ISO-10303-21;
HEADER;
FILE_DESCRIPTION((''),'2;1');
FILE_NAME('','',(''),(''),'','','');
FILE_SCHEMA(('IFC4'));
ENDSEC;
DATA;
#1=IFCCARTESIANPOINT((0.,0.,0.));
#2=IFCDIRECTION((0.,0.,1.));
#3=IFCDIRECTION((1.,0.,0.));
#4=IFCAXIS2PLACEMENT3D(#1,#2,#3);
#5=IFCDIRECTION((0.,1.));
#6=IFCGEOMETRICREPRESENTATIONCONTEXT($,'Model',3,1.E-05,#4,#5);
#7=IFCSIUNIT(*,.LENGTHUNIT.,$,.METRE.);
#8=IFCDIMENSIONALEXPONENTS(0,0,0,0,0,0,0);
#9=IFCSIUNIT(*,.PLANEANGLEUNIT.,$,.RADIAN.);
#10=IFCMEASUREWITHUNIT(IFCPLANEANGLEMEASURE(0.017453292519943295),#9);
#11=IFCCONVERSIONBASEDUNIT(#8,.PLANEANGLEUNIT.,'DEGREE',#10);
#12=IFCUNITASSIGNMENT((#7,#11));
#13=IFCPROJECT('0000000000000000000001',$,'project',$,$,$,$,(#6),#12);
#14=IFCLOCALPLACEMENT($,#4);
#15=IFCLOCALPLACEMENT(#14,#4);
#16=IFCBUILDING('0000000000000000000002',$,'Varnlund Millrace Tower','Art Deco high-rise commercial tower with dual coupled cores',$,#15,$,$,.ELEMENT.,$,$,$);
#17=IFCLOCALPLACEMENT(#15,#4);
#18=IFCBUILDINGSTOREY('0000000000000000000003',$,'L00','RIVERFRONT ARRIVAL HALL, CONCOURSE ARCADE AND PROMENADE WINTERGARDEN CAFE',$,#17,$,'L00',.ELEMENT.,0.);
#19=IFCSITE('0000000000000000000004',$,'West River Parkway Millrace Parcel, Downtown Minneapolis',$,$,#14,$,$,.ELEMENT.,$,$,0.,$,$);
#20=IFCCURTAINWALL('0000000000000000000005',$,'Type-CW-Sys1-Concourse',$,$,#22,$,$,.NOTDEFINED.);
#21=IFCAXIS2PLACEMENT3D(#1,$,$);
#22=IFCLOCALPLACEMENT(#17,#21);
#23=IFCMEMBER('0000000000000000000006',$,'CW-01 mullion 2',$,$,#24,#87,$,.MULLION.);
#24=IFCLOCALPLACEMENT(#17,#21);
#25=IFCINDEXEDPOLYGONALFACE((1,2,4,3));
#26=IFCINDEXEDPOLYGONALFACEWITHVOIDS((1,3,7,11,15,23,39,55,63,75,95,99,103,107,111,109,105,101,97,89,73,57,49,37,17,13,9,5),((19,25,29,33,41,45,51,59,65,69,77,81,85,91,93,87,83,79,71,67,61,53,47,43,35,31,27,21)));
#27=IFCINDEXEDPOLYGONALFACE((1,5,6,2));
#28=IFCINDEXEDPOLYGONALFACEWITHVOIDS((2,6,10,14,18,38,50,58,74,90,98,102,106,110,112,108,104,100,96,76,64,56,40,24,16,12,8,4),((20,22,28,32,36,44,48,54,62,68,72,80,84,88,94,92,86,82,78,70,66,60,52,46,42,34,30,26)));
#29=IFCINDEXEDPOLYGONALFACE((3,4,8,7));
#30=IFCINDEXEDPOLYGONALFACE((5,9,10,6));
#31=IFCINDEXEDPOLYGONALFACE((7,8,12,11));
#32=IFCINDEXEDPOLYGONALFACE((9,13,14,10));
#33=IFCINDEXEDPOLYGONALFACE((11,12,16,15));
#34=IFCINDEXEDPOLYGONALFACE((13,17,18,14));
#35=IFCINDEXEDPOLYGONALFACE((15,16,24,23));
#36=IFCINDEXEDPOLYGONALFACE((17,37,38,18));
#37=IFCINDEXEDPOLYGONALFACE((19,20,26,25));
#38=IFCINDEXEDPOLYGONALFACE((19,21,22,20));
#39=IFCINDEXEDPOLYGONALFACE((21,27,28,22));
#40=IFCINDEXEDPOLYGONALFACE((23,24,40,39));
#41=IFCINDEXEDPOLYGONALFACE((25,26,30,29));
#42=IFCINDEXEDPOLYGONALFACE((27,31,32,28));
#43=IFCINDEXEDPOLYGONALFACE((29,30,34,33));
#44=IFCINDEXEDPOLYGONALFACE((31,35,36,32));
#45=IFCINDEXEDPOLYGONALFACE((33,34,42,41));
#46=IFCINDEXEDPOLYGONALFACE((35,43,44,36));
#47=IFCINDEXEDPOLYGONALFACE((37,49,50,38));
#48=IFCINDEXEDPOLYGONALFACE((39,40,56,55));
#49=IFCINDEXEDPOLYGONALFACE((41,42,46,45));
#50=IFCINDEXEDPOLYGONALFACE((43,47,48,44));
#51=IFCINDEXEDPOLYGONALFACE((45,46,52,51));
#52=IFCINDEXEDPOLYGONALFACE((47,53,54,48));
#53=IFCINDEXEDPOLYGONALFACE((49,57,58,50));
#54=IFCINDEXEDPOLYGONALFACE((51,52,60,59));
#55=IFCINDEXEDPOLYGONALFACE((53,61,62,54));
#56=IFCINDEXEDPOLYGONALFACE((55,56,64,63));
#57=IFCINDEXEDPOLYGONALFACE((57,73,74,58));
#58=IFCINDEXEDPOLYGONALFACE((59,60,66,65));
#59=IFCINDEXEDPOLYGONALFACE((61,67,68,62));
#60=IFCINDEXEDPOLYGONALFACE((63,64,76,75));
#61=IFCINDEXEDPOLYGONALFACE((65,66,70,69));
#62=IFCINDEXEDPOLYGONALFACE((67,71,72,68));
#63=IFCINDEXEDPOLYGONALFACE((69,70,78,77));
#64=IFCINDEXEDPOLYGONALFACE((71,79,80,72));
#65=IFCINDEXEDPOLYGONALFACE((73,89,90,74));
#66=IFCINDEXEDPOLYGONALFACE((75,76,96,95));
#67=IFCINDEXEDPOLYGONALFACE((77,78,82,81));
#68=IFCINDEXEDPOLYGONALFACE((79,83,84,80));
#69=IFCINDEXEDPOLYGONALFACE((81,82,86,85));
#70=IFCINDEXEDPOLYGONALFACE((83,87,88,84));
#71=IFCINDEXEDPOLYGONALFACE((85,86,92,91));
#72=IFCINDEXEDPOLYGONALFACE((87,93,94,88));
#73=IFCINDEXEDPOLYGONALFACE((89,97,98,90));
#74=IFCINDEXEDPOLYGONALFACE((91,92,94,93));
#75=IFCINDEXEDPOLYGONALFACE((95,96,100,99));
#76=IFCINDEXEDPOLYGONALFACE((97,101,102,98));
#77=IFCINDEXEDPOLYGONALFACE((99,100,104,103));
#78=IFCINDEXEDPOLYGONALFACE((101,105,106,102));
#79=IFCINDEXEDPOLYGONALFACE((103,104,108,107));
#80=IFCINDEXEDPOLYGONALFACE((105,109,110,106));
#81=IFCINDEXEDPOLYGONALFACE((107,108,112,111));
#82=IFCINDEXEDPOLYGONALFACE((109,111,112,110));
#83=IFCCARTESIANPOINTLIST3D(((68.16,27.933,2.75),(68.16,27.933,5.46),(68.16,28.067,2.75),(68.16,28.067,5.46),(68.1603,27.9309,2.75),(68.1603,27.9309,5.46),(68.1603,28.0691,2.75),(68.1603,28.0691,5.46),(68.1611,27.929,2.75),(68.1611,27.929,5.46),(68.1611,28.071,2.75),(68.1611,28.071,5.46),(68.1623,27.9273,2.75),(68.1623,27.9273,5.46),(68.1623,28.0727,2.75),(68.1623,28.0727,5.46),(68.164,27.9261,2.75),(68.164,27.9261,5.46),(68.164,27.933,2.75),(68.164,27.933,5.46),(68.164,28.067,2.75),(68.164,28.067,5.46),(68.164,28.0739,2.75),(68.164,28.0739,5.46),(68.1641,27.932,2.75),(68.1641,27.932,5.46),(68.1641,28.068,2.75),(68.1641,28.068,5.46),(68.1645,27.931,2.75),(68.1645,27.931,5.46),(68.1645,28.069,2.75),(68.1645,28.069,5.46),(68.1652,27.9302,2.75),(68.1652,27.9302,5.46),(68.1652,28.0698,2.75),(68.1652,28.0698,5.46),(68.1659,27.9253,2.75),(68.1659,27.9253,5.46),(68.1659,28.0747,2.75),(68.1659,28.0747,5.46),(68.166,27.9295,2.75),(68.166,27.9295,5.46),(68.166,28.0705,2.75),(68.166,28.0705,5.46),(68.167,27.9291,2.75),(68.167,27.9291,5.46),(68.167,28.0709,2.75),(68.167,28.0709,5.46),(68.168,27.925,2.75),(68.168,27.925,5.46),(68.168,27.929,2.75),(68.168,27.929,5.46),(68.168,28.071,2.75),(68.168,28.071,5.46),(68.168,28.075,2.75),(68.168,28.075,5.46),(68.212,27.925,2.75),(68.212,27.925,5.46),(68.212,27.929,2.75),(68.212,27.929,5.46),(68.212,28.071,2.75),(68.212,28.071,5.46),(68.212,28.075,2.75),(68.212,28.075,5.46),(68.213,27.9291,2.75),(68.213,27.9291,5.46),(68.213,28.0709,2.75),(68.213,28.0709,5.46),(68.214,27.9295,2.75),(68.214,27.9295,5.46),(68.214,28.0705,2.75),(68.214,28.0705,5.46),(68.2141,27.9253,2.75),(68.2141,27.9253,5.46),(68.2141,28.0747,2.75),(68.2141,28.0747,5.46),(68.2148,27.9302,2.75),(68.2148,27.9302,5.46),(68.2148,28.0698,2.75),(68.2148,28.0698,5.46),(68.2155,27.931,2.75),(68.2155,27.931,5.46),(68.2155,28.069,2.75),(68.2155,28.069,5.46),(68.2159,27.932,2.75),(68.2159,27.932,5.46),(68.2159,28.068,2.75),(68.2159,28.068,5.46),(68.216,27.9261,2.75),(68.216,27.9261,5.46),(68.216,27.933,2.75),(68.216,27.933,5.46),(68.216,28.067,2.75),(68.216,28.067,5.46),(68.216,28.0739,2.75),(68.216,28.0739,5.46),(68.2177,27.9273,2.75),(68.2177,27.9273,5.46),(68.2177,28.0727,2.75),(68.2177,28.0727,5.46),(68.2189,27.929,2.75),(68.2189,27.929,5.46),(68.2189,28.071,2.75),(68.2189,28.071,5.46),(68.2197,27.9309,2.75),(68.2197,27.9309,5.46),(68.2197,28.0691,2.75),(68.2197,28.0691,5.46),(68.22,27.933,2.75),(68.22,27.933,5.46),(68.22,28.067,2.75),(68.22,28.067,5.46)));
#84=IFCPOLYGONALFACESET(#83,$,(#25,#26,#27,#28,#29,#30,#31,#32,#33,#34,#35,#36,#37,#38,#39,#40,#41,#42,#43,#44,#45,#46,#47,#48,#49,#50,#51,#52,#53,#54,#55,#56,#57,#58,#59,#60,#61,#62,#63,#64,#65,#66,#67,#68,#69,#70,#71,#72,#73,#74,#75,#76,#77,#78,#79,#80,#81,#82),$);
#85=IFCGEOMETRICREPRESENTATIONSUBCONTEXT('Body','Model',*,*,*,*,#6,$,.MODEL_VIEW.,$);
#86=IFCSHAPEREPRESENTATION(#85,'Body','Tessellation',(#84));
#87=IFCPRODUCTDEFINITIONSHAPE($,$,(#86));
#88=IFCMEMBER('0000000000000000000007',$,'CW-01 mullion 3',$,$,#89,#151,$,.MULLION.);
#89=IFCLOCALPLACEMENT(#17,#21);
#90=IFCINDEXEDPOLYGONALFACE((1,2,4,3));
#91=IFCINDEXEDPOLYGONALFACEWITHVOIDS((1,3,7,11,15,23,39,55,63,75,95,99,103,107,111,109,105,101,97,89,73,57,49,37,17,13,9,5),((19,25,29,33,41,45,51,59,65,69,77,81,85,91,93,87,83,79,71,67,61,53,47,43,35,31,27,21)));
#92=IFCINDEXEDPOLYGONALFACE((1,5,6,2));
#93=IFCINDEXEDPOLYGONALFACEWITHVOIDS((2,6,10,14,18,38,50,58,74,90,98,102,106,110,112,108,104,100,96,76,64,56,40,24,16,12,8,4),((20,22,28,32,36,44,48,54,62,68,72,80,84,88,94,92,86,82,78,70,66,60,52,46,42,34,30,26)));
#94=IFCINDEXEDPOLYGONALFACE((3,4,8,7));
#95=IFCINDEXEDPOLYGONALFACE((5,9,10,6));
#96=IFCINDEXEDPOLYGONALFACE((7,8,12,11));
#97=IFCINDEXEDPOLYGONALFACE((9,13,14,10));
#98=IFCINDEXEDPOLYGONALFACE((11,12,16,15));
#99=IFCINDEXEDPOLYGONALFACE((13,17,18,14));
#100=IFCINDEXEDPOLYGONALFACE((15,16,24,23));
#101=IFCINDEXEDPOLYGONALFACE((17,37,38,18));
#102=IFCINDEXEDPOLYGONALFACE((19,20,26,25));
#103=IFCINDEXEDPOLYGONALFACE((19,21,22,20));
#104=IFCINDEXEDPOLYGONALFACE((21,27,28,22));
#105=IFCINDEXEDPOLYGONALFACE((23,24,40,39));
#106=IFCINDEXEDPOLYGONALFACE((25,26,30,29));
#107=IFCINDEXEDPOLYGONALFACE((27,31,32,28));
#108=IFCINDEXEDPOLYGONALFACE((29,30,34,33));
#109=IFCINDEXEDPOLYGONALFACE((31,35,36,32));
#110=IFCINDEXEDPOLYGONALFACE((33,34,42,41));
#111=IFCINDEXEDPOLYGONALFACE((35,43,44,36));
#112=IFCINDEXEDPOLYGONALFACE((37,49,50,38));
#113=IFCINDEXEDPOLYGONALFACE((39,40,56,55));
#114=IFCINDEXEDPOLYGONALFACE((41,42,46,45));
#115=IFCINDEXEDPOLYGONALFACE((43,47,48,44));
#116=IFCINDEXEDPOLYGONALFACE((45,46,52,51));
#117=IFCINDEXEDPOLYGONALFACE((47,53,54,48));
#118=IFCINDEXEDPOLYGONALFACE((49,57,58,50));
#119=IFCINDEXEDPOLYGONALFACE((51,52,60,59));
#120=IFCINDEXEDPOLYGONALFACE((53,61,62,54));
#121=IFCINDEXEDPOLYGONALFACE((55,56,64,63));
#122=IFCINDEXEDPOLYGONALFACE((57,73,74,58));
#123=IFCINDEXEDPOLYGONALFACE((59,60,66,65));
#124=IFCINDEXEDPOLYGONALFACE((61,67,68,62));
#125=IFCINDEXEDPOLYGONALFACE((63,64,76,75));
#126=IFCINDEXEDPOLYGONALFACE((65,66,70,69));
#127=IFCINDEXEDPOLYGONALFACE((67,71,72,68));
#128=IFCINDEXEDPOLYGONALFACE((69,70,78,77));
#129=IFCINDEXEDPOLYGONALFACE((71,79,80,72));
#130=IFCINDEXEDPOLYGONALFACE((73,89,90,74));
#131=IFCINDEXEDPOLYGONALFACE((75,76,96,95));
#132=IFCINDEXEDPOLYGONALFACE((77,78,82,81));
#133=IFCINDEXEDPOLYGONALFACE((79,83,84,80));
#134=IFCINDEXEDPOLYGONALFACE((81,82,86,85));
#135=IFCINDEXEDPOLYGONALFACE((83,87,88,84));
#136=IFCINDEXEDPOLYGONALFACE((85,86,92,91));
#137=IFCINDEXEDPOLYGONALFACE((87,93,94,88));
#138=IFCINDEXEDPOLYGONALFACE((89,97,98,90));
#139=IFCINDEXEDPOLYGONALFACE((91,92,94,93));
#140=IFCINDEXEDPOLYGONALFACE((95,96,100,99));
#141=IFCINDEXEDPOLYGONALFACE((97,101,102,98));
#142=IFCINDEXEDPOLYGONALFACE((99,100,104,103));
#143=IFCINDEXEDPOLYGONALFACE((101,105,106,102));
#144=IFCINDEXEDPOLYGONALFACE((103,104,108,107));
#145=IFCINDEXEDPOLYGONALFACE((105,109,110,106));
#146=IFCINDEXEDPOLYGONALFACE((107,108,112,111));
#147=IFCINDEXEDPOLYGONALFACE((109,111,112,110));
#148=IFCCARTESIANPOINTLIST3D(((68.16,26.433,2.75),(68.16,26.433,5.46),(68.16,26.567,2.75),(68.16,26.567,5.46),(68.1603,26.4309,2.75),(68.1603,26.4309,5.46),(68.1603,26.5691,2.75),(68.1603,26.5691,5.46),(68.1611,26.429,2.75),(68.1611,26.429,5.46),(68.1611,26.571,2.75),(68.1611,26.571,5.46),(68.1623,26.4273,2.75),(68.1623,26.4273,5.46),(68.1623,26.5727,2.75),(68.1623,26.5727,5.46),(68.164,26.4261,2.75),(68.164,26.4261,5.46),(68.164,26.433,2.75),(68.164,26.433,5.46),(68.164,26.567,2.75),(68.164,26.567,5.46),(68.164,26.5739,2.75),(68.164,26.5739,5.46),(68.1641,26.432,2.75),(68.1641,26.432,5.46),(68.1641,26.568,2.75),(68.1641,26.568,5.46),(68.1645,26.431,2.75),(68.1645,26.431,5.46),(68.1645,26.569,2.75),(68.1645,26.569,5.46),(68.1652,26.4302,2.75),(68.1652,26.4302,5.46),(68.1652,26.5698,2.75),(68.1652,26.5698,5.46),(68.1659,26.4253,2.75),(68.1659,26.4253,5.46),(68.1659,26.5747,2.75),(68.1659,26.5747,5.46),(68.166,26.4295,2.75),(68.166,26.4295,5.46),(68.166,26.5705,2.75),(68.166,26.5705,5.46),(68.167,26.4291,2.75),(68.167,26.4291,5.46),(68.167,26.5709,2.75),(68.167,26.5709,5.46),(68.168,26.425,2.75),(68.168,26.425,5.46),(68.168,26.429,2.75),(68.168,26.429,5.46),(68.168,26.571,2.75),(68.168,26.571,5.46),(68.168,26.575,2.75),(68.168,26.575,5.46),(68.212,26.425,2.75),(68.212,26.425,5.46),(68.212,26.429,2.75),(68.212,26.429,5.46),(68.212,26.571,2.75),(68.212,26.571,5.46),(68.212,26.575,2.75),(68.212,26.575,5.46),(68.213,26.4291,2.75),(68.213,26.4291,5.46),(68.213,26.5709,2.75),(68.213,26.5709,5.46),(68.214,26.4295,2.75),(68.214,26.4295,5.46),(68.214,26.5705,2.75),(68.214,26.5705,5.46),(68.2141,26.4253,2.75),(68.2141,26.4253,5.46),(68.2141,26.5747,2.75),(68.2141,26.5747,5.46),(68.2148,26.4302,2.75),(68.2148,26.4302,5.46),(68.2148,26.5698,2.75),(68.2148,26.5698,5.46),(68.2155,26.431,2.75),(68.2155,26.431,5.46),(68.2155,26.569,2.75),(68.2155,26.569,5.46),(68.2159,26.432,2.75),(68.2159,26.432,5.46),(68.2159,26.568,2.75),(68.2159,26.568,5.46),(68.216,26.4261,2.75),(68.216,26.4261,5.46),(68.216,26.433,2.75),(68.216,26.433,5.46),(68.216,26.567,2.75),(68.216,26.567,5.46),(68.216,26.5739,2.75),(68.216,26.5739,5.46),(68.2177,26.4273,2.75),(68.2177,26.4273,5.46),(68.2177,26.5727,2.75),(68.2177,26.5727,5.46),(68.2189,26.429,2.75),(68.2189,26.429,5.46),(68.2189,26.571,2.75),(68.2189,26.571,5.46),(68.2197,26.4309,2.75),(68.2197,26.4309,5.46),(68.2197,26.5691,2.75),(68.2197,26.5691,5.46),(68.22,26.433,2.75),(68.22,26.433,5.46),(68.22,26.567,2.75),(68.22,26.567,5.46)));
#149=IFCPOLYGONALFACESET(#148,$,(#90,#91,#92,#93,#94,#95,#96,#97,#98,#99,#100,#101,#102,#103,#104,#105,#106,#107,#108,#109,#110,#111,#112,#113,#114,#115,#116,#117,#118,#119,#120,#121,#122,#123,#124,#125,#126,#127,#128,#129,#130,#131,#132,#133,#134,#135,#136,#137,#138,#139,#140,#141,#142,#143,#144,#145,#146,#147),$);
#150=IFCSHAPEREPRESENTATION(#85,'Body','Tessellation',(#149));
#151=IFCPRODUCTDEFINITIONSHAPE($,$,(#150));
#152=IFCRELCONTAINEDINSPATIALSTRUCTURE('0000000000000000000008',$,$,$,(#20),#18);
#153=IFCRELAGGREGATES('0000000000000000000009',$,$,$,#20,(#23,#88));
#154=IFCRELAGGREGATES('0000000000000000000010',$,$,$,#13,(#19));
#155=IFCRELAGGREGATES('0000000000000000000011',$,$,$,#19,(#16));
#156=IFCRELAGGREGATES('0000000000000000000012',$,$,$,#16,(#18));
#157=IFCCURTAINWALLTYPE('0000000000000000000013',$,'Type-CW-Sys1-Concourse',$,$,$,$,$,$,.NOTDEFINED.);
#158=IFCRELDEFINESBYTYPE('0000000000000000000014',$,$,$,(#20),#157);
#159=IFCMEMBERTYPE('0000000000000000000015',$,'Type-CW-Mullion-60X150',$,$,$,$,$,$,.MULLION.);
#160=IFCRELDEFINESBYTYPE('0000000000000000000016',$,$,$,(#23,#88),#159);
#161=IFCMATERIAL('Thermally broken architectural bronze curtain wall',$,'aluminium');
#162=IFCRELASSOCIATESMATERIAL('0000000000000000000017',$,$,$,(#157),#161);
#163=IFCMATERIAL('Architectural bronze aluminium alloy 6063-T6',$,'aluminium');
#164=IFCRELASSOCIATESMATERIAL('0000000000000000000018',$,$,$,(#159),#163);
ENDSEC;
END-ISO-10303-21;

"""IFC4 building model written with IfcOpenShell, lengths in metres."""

from ifc_helpers import new_model, entity, si_unit, converted_unit, direction, frame, origin_with_axes, origin_2d_with_axis, place, context, subcontext, project, spatial, hollow_rectangle, extrude, material, material_profile, profile_set, type_object, element, aggregate, save


model = new_model("IFC4")

# Units and contexts
model_context = context("Model", 3, precision=1e-05, world=origin_with_axes(), true_north=direction((0.0, 1.0)))
body_context = subcontext(model_context, "Body", "Model", "MODEL_VIEW")
ifc_project = project(units=[si_unit("LENGTHUNIT", "METRE"), converted_unit("PLANEANGLEUNIT", "DEGREE", entity("IfcPlaneAngleMeasure", 0.017453292519943295), si_unit("PLANEANGLEUNIT", "RADIAN"), dimensions=[0, 0, 0, 0, 0, 0, 0])], contexts=[model_context])

# Site, building, storey
site_placement = place(None, origin_with_axes())
site = spatial("IfcSite", under=ifc_project, at=site_placement, Name="West River Parkway Millrace Parcel, Downtown Minneapolis", CompositionType="ELEMENT", RefElevation=0.0)
building_placement = place(site_placement, origin_with_axes())
building = spatial("IfcBuilding", under=site, at=building_placement, Name="Varnlund Millrace Tower", Description="Art Deco high-rise commercial tower with dual coupled cores", CompositionType="ELEMENT")
storey_placement = place(building_placement, origin_with_axes())
storey = spatial("IfcBuildingStorey", under=building, at=storey_placement, Name="L00", Description="RIVERFRONT ARRIVAL HALL, CONCOURSE ARCADE AND PROMENADE WINTERGARDEN CAFE", LongName="L00", CompositionType="ELEMENT", Elevation=0.0)

# Curtain wall, members
ifc_material_1 = material(Name="Thermally broken architectural bronze curtain wall", Category="aluminium")
curtain_wall_type = type_object("IfcCurtainWallType", Name="Type-CW-Sys1-Concourse", PredefinedType="NOTDEFINED", material=ifc_material_1)
ifc_material_2 = material(Name="Architectural bronze aluminium alloy 6063-T6", Category="aluminium")
ifc_material_profile_1 = material_profile(ifc_material_2, hollow_rectangle(XDim=0.06, YDim=0.15, WallThickness=0.004, InnerFilletRadius=0.004, OuterFilletRadius=0.008, at=origin_2d_with_axis()), Name="Architectural bronze aluminium alloy 6063-T6")
ifc_profile_set_1 = profile_set([ifc_material_profile_1], Name="Architectural bronze aluminium alloy 6063-T6")
member_type_1 = type_object("IfcMemberType", Name="Type-CW-Mullion-60X150", PredefinedType="MULLION", material=ifc_profile_set_1)
curtain_wall_1_placement = place(storey_placement, frame((68.19, 29.5, 2.75), z_axis=(0.0, 0.0, 1.0), x_axis=(1.0, 0.0, 0.0)))
curtain_wall_1 = element("IfcCurtainWall", 1, at=curtain_wall_1_placement, inside=storey, type_object=curtain_wall_type, Name="Type-CW-Sys1-Concourse", PredefinedType="NOTDEFINED")
member_1_placement = place(storey_placement, frame((68.19, 28.0, 2.75), z_axis=(0.0, 0.0, 1.0), x_axis=(1.0, 0.0, 0.0)))
member_1 = element("IfcMember", 2, at=member_1_placement, type_object=member_type_1, Name="CW-01 mullion 2", PredefinedType="MULLION", context=body_context, shape_type="SweptSolid", body=[
    extrude(hollow_rectangle(XDim=0.06, YDim=0.15, WallThickness=0.004, InnerFilletRadius=0.004, OuterFilletRadius=0.008, at=origin_2d_with_axis()), origin_with_axes(), (0.0, 0.0, 1.0), 2.71),
])
member_2_placement = place(storey_placement, frame((68.19, 26.5, 2.75), z_axis=(0.0, 0.0, 1.0), x_axis=(1.0, 0.0, 0.0)))
member_2 = element("IfcMember", 3, at=member_2_placement, type_object=member_type_1, Name="CW-01 mullion 3", PredefinedType="MULLION", context=body_context, shape_type="SweptSolid", body=[
    extrude(hollow_rectangle(XDim=0.06, YDim=0.15, WallThickness=0.004, InnerFilletRadius=0.004, OuterFilletRadius=0.008, at=origin_2d_with_axis()), origin_with_axes(), (0.0, 0.0, 1.0), 2.71),
])

aggregate(curtain_wall_1, [member_1, member_2])

save(model, "model.ifc")
